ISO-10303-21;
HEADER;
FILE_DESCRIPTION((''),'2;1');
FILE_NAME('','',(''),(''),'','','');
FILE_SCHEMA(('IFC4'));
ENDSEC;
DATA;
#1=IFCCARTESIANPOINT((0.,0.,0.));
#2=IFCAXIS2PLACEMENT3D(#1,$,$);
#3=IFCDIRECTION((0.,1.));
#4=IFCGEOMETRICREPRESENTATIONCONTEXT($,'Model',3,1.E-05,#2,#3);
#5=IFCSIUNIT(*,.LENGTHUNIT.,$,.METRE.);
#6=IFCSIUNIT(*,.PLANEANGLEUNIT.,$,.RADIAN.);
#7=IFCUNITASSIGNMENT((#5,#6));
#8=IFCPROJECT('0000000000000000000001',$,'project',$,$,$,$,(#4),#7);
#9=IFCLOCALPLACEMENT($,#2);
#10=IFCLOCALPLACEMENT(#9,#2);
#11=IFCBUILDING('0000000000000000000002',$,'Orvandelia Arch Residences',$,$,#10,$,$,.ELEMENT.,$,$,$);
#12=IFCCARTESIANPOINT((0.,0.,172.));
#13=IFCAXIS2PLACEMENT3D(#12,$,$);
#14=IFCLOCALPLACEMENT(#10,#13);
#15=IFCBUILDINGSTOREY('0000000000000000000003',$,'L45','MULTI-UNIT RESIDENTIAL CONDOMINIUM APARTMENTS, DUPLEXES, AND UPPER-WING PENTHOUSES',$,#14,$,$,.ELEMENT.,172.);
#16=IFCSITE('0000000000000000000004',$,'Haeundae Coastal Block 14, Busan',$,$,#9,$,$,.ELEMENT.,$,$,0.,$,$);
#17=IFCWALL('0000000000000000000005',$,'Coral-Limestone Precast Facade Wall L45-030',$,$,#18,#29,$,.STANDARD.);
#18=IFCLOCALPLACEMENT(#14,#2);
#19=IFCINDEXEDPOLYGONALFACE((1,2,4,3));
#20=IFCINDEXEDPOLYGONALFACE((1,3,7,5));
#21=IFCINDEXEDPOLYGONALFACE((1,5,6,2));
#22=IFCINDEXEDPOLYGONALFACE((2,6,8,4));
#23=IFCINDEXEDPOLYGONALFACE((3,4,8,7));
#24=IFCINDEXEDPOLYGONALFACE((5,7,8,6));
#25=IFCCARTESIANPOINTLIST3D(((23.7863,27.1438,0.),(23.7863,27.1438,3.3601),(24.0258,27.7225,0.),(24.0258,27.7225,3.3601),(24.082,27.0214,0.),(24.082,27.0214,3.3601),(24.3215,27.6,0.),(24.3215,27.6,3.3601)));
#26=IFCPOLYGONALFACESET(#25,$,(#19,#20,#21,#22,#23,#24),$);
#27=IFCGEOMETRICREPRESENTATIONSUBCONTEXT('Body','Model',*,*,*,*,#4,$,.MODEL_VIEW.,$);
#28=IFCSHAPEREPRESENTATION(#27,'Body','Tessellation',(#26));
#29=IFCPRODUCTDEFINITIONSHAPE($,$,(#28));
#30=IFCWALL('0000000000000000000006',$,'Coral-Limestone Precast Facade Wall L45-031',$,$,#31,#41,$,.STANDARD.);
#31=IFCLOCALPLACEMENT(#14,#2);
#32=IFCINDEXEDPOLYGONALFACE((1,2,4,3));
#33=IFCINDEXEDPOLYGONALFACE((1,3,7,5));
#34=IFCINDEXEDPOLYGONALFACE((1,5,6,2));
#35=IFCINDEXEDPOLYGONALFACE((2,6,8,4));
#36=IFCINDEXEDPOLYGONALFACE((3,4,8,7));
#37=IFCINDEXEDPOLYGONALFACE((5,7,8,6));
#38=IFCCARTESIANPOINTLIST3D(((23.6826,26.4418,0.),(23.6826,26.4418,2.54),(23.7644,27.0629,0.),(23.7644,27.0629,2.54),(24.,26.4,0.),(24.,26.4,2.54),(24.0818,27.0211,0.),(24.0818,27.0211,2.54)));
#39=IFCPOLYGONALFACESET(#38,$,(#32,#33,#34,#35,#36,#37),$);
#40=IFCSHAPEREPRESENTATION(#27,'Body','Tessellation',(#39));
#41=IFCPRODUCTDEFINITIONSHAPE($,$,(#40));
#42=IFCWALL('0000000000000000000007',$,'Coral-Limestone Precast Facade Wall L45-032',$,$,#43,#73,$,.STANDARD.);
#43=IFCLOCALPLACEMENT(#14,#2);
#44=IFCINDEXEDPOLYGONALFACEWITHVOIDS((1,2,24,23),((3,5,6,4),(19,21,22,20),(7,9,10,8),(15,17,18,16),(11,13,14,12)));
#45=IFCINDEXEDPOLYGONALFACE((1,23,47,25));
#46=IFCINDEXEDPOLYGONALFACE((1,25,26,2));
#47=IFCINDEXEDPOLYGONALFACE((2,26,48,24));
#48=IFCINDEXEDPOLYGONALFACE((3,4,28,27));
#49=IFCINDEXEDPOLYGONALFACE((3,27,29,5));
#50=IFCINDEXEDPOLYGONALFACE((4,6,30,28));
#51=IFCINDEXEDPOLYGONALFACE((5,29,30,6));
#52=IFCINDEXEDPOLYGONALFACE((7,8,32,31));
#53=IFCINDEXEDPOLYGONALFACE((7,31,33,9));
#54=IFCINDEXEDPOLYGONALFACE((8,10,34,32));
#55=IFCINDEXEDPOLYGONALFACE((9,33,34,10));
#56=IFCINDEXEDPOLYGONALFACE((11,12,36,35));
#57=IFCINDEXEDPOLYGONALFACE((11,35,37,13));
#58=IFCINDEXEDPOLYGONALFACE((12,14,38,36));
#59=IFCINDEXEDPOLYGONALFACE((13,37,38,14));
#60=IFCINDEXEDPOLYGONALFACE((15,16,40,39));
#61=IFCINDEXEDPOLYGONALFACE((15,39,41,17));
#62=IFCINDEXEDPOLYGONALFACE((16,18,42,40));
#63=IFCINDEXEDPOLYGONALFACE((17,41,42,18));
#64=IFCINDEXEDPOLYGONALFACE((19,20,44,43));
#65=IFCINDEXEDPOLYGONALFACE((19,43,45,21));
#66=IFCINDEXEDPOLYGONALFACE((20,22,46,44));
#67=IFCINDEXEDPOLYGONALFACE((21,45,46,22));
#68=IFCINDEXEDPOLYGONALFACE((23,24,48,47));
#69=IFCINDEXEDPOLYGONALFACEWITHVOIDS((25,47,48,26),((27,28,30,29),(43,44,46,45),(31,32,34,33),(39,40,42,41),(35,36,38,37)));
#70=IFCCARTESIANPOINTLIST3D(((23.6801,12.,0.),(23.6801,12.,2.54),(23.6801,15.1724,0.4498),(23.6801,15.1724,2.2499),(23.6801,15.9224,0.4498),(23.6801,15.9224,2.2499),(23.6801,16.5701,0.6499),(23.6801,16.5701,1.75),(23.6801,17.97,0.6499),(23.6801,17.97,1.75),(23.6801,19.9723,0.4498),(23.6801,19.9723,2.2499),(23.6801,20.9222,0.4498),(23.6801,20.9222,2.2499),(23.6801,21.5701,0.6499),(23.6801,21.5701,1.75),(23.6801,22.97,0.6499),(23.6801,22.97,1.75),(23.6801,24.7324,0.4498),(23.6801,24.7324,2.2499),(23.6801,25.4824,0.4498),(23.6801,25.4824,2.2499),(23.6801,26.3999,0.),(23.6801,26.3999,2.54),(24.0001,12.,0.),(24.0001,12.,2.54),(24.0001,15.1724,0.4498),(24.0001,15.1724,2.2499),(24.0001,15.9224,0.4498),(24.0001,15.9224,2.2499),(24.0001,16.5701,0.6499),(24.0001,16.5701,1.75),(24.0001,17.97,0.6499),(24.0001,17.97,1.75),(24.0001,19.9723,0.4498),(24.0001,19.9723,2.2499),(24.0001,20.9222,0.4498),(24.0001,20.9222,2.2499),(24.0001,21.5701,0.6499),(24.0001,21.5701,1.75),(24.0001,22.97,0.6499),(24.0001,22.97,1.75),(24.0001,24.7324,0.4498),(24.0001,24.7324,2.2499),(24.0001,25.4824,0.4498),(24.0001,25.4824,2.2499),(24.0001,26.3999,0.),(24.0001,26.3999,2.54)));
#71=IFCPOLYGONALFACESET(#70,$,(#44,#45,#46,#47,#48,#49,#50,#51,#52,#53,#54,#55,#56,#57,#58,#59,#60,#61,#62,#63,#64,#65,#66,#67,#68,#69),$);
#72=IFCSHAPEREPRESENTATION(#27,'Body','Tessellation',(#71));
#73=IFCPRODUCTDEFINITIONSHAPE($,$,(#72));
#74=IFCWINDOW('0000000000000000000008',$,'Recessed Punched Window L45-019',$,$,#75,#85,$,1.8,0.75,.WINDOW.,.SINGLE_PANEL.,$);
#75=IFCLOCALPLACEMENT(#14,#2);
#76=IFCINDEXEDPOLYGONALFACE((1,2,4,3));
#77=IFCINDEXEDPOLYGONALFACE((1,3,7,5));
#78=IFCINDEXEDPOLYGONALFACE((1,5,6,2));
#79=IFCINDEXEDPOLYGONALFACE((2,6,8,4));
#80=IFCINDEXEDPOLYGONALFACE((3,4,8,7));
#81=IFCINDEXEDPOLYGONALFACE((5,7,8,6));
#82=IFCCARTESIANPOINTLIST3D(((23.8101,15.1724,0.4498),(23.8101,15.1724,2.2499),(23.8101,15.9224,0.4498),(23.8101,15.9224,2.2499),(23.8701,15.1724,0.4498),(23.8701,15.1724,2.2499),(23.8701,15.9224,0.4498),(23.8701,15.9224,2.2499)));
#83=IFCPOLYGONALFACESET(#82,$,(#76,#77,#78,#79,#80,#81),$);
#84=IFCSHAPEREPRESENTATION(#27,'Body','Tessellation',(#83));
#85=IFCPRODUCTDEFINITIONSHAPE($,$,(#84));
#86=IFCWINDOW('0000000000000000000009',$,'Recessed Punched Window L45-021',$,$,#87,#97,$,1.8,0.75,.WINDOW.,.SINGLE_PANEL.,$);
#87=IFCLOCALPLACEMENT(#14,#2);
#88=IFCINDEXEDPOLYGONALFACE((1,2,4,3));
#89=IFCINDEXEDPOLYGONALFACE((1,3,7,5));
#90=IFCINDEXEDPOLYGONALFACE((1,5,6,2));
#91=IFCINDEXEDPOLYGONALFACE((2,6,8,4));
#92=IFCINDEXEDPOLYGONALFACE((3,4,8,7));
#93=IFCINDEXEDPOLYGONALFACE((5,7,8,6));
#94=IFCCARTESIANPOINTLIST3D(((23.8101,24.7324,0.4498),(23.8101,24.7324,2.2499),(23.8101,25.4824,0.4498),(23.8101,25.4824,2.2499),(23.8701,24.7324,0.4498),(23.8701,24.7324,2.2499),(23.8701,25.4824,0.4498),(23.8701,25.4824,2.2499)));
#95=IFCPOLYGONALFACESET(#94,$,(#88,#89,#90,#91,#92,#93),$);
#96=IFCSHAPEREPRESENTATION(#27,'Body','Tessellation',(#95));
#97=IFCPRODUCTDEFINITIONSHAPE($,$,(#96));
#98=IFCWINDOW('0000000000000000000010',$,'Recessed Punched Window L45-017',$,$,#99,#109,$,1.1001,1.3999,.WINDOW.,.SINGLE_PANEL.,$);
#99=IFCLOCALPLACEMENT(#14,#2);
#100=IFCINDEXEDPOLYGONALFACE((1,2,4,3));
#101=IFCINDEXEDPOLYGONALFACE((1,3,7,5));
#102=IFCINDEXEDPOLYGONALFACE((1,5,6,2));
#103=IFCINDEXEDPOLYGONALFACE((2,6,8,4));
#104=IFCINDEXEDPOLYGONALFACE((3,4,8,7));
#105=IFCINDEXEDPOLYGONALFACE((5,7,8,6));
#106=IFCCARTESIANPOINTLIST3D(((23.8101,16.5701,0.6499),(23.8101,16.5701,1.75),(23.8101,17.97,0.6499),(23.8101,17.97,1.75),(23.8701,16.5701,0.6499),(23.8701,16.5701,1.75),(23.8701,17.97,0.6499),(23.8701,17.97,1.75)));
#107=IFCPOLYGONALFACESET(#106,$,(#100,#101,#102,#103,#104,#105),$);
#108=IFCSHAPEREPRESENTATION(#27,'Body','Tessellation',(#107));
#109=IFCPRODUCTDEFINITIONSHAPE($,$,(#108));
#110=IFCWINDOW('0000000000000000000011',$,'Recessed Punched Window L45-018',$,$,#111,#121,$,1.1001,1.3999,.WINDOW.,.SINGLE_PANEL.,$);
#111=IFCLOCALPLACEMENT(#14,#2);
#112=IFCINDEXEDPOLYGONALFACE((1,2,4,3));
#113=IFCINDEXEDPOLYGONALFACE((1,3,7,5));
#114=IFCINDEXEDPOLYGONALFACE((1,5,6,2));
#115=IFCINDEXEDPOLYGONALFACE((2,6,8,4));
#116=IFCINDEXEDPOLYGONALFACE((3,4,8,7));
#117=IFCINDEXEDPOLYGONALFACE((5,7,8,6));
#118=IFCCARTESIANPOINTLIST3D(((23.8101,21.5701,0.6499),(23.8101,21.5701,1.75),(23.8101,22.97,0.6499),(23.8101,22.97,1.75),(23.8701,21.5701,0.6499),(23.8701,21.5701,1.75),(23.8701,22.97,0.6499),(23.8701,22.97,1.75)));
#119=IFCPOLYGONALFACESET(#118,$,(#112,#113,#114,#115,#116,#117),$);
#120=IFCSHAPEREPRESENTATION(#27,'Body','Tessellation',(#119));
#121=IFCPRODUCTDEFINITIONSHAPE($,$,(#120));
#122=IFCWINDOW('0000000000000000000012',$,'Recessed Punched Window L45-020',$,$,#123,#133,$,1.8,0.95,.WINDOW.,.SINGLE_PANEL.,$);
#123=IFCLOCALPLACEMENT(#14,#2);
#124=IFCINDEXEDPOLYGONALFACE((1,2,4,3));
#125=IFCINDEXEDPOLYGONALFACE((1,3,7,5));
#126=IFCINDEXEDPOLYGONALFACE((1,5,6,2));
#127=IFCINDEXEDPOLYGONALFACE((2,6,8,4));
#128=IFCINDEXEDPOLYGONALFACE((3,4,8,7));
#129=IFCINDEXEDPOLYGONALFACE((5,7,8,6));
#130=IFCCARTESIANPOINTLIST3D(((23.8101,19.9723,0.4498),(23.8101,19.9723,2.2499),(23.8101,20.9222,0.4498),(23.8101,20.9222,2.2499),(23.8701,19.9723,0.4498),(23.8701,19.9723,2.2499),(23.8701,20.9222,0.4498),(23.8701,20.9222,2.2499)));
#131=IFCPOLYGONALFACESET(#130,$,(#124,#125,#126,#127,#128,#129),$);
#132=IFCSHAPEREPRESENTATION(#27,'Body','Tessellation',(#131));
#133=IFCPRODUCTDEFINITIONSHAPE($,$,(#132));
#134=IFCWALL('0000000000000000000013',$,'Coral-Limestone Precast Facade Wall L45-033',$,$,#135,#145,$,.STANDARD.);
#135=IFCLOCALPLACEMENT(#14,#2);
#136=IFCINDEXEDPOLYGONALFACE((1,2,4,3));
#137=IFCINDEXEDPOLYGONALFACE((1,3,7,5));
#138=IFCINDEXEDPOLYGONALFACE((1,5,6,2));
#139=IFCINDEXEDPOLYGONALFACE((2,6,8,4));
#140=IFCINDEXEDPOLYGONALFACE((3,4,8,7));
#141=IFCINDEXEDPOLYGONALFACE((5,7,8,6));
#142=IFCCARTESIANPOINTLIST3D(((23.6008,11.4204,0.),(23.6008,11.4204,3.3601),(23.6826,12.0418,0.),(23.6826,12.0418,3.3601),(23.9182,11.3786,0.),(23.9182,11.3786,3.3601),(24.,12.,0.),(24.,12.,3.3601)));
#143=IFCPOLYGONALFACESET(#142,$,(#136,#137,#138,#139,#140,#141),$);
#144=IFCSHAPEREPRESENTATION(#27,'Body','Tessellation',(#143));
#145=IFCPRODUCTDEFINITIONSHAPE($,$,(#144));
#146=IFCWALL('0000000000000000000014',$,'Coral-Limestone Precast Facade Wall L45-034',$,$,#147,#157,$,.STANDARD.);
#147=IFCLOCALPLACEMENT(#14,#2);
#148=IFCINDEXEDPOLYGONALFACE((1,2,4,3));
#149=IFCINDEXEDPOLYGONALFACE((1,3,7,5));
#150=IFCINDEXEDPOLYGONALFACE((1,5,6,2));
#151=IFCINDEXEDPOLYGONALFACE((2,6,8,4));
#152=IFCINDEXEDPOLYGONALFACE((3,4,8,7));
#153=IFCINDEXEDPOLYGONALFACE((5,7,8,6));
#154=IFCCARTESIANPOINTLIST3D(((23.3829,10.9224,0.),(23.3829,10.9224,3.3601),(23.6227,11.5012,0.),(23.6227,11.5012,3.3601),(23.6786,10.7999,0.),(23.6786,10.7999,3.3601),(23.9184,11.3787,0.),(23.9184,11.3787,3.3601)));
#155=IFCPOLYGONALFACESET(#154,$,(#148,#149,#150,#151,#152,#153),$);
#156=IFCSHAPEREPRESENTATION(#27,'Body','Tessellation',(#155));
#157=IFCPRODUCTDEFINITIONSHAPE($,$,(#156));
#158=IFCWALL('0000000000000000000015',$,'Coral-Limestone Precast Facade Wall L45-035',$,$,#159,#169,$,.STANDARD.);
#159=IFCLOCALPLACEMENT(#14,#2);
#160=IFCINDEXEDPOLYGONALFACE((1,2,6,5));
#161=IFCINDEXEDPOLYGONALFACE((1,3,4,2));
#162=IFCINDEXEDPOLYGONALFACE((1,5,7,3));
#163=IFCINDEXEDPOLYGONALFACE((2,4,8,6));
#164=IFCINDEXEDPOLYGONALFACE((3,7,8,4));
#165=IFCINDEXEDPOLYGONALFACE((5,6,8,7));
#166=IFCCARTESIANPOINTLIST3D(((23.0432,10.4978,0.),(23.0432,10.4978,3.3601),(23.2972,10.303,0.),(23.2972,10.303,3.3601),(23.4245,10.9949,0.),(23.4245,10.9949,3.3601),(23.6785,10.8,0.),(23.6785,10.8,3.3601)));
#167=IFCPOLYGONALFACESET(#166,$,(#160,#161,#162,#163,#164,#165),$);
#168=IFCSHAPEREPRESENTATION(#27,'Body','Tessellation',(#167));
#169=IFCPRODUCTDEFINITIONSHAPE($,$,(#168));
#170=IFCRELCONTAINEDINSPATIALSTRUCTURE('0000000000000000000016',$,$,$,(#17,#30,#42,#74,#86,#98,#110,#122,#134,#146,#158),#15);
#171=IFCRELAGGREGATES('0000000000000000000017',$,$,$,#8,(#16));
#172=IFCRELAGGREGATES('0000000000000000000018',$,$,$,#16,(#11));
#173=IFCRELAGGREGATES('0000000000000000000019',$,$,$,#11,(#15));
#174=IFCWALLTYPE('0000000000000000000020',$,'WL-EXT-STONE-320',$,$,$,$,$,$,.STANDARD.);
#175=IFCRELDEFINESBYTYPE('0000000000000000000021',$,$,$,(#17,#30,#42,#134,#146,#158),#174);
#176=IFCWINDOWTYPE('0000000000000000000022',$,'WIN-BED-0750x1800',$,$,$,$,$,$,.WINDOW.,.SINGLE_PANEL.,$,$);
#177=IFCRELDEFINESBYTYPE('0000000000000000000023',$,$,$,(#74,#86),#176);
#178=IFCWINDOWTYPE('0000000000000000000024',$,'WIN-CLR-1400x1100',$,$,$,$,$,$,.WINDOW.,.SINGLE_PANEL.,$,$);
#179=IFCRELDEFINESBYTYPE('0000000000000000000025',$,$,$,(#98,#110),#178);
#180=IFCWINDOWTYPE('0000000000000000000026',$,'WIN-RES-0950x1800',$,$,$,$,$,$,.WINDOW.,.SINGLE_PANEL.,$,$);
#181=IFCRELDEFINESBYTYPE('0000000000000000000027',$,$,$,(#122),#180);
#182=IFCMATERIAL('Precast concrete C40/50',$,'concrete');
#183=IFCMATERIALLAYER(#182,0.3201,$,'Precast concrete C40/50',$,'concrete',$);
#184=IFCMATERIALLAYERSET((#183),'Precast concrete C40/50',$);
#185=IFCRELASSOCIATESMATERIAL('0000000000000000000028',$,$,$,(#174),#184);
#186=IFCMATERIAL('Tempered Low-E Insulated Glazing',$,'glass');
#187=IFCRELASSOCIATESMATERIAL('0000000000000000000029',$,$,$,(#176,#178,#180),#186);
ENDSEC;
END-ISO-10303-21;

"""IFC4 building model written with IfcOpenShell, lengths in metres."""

from ifc_helpers import new_model, si_unit, direction, frame, frame_2d, origin, place, context, subcontext, project, spatial, rectangle, extrude, material, layer, layer_set, type_object, element, fill, save


model = new_model("IFC4")

# Units and contexts
model_context = context("Model", 3, precision=1e-05, world=origin(), true_north=direction((0.0, 1.0)))
body_context = subcontext(model_context, "Body", "Model", "MODEL_VIEW")
ifc_project = project(units=[si_unit("LENGTHUNIT", "METRE"), si_unit("PLANEANGLEUNIT", "RADIAN")], contexts=[model_context])

# Site, building, storey
site_placement = place(None, origin())
site = spatial("IfcSite", under=ifc_project, at=site_placement, Name="Haeundae Coastal Block 14, Busan", CompositionType="ELEMENT", RefElevation=0.0)
building_placement = place(site_placement, origin())
building = spatial("IfcBuilding", under=site, at=building_placement, Name="Orvandelia Arch Residences", CompositionType="ELEMENT")
storey_placement = place(building_placement, frame((0.0, 0.0, 172.0)))
storey = spatial("IfcBuildingStorey", under=building, at=storey_placement, Name="L45", Description="MULTI-UNIT RESIDENTIAL CONDOMINIUM APARTMENTS, DUPLEXES, AND UPPER-WING PENTHOUSES", CompositionType="ELEMENT", Elevation=172.0)

# Walls
ifc_material_1 = material(Name="Precast concrete C40/50", Category="concrete")
ifc_layer = layer(ifc_material_1, 0.3201, Name="Precast concrete C40/50", Category="concrete")
ifc_layer_set = layer_set([ifc_layer], Name="Precast concrete C40/50")
wall_type = type_object("IfcWallType", Name="WL-EXT-STONE-320", PredefinedType="STANDARD", material=ifc_layer_set)
wall_1_placement = place(storey_placement, frame((24.1736, 27.6611, 0.0), z_axis=(0.0, 0.0, 1.0), x_axis=(-0.382455, -0.923974, 0.0)))
element("IfcWall", 1, at=wall_1_placement, inside=storey, type_object=wall_type, Name="Coral-Limestone Precast Facade Wall L45-030", PredefinedType="STANDARD", context=body_context, shape_type="SweptSolid", body=[
    extrude(rectangle(XDim=0.6262, YDim=0.3201, at=frame_2d((0.313, 0.0))), origin(), (0.0, 0.0, 1.0), 3.3601),
])
wall_2_placement = place(storey_placement, frame((23.9231, 27.042, 0.0), z_axis=(0.0, 0.0, 1.0), x_axis=(-0.130555, -0.991441, 0.0)))
element("IfcWall", 2, at=wall_2_placement, inside=storey, type_object=wall_type, Name="Coral-Limestone Precast Facade Wall L45-031", PredefinedType="STANDARD", context=body_context, shape_type="SweptSolid", body=[
    extrude(rectangle(XDim=0.6265, YDim=0.3201, at=frame_2d((0.3132, 0.0))), origin(), (0.0, 0.0, 1.0), 2.54),
])

# Wall, openings, windows
wall_3_placement = place(storey_placement, frame((23.8401, 26.3999, 0.0), z_axis=(0.0, 0.0, 1.0), x_axis=(0.0, -1.0, 0.0)))
wall_3 = element("IfcWall", 3, at=wall_3_placement, inside=storey, type_object=wall_type, Name="Coral-Limestone Precast Facade Wall L45-032", PredefinedType="STANDARD", context=body_context, shape_type="SweptSolid", body=[
    extrude(rectangle(XDim=14.3999, YDim=0.3201, at=frame_2d((7.2, 0.0))), origin(), (0.0, 0.0, 1.0), 2.54),
])
opening_1_placement = place(wall_3_placement, frame((8.4299, 0.0, 0.6499)))
opening_1 = element("IfcOpeningElement", 4, at=opening_1_placement, cuts=wall_3, PredefinedType="OPENING", context=body_context, shape_type="SweptSolid", body=[
    extrude(rectangle(XDim=1.3999, YDim=1.1001, at=frame_2d((0.7, 0.55))), frame((0.0, 0.1699, 0.0), z_axis=(0.0, -1.0, 0.0), x_axis=(1.0, 0.0, 0.0)), (0.0, 0.0, 1.0), 0.3401),
])
opening_2_placement = place(wall_3_placement, frame((3.4299, 0.0, 0.6499)))
opening_2 = element("IfcOpeningElement", 5, at=opening_2_placement, cuts=wall_3, PredefinedType="OPENING", context=body_context, shape_type="SweptSolid", body=[
    extrude(rectangle(XDim=1.3999, YDim=1.1001, at=frame_2d((0.7, 0.55))), frame((0.0, 0.1699, 0.0), z_axis=(0.0, -1.0, 0.0), x_axis=(1.0, 0.0, 0.0)), (0.0, 0.0, 1.0), 0.3401),
])
opening_3_placement = place(wall_3_placement, frame((10.4775, 0.0, 0.45)))
opening_3 = element("IfcOpeningElement", 6, at=opening_3_placement, cuts=wall_3, PredefinedType="OPENING", context=body_context, shape_type="SweptSolid", body=[
    extrude(rectangle(XDim=0.75, YDim=1.8, at=frame_2d((0.375, 0.8999))), frame((0.0, 0.1699, 0.0), z_axis=(0.0, -1.0, 0.0), x_axis=(1.0, 0.0, 0.0)), (0.0, 0.0, 1.0), 0.3401),
])
opening_4_placement = place(wall_3_placement, frame((5.4775, 0.0, 0.45)))
opening_4 = element("IfcOpeningElement", 7, at=opening_4_placement, cuts=wall_3, PredefinedType="OPENING", context=body_context, shape_type="SweptSolid", body=[
    extrude(rectangle(XDim=0.95, YDim=1.8, at=frame_2d((0.4751, 0.8999))), frame((0.0, 0.1699, 0.0), z_axis=(0.0, -1.0, 0.0), x_axis=(1.0, 0.0, 0.0)), (0.0, 0.0, 1.0), 0.3401),
])
opening_5_placement = place(wall_3_placement, frame((0.9175, 0.0, 0.45)))
opening_5 = element("IfcOpeningElement", 8, at=opening_5_placement, cuts=wall_3, PredefinedType="OPENING", context=body_context, shape_type="SweptSolid", body=[
    extrude(rectangle(XDim=0.75, YDim=1.8, at=frame_2d((0.375, 0.8999))), frame((0.0, 0.1699, 0.0), z_axis=(0.0, -1.0, 0.0), x_axis=(1.0, 0.0, 0.0)), (0.0, 0.0, 1.0), 0.3401),
])
ifc_material_2 = material(Name="Tempered Low-E Insulated Glazing", Category="glass")
window_type_1 = type_object("IfcWindowType", Name="WIN-BED-0750x1800", PartitioningType="SINGLE_PANEL", PredefinedType="WINDOW", material=ifc_material_2)
window_1_placement = place(opening_3_placement, origin())
window_1 = element("IfcWindow", 9, at=window_1_placement, inside=storey, type_object=window_type_1, Name="Recessed Punched Window L45-019", OverallHeight=1.8, OverallWidth=0.75, PartitioningType="SINGLE_PANEL", PredefinedType="WINDOW", context=body_context, shape_type="SweptSolid", body=[
    extrude(rectangle(XDim=0.75, YDim=1.8, at=frame_2d((0.375, 0.8999))), frame((0.0, 0.03, 0.0), z_axis=(0.0, -1.0, 0.0), x_axis=(1.0, 0.0, 0.0)), (0.0, 0.0, 1.0), 0.0601),
])
fill(opening_3, window_1)
window_2_placement = place(opening_5_placement, origin())
window_2 = element("IfcWindow", 10, at=window_2_placement, inside=storey, type_object=window_type_1, Name="Recessed Punched Window L45-021", OverallHeight=1.8, OverallWidth=0.75, PartitioningType="SINGLE_PANEL", PredefinedType="WINDOW", context=body_context, shape_type="SweptSolid", body=[
    extrude(rectangle(XDim=0.75, YDim=1.8, at=frame_2d((0.375, 0.8999))), frame((0.0, 0.03, 0.0), z_axis=(0.0, -1.0, 0.0), x_axis=(1.0, 0.0, 0.0)), (0.0, 0.0, 1.0), 0.0601),
])
fill(opening_5, window_2)
window_type_2 = type_object("IfcWindowType", Name="WIN-CLR-1400x1100", PartitioningType="SINGLE_PANEL", PredefinedType="WINDOW", material=ifc_material_2)
window_3_placement = place(opening_1_placement, origin())
window_3 = element("IfcWindow", 11, at=window_3_placement, inside=storey, type_object=window_type_2, Name="Recessed Punched Window L45-017", OverallHeight=1.1001, OverallWidth=1.3999, PartitioningType="SINGLE_PANEL", PredefinedType="WINDOW", context=body_context, shape_type="SweptSolid", body=[
    extrude(rectangle(XDim=1.3999, YDim=1.1001, at=frame_2d((0.7, 0.55))), frame((0.0, 0.03, 0.0), z_axis=(0.0, -1.0, 0.0), x_axis=(1.0, 0.0, 0.0)), (0.0, 0.0, 1.0), 0.0601),
])
fill(opening_1, window_3)
window_4_placement = place(opening_2_placement, origin())
window_4 = element("IfcWindow", 12, at=window_4_placement, inside=storey, type_object=window_type_2, Name="Recessed Punched Window L45-018", OverallHeight=1.1001, OverallWidth=1.3999, PartitioningType="SINGLE_PANEL", PredefinedType="WINDOW", context=body_context, shape_type="SweptSolid", body=[
    extrude(rectangle(XDim=1.3999, YDim=1.1001, at=frame_2d((0.7, 0.55))), frame((0.0, 0.03, 0.0), z_axis=(0.0, -1.0, 0.0), x_axis=(1.0, 0.0, 0.0)), (0.0, 0.0, 1.0), 0.0601),
])
fill(opening_2, window_4)
window_type_3 = type_object("IfcWindowType", Name="WIN-RES-0950x1800", PartitioningType="SINGLE_PANEL", PredefinedType="WINDOW", material=ifc_material_2)
window_5_placement = place(opening_4_placement, origin())
window_5 = element("IfcWindow", 13, at=window_5_placement, inside=storey, type_object=window_type_3, Name="Recessed Punched Window L45-020", OverallHeight=1.8, OverallWidth=0.95, PartitioningType="SINGLE_PANEL", PredefinedType="WINDOW", context=body_context, shape_type="SweptSolid", body=[
    extrude(rectangle(XDim=0.95, YDim=1.8, at=frame_2d((0.4751, 0.8999))), frame((0.0, 0.03, 0.0), z_axis=(0.0, -1.0, 0.0), x_axis=(1.0, 0.0, 0.0)), (0.0, 0.0, 1.0), 0.0601),
])
fill(opening_4, window_5)

# Walls
wall_4_placement = place(storey_placement, frame((23.8413, 12.021, 0.0), z_axis=(0.0, 0.0, 1.0), x_axis=(-0.130505, -0.991448, 0.0)))
element("IfcWall", 14, at=wall_4_placement, inside=storey, type_object=wall_type, Name="Coral-Limestone Precast Facade Wall L45-033", PredefinedType="STANDARD", context=body_context, shape_type="SweptSolid", body=[
    extrude(rectangle(XDim=0.6267, YDim=0.3201, at=frame_2d((0.3135, 0.0))), origin(), (0.0, 0.0, 1.0), 3.3601),
])
for number, where, z_axis, x_axis, name in (
    (15, (23.7705, 11.4399, 0.0), (0.0, 0.0, 1.0), (-0.38265, -0.923893, 0.0), "Coral-Limestone Precast Facade Wall L45-034"),
    (16, (23.5515, 10.8975, 0.0), (0.0, 0.0, 1.0), (-0.608693, -0.793406, 0.0), "Coral-Limestone Precast Facade Wall L45-035"),
):
    element("IfcWall", number, at=place(storey_placement, frame(where, z_axis=z_axis, x_axis=x_axis)), inside=storey, type_object=wall_type, Name=name, PredefinedType="STANDARD", context=body_context, shape_type="SweptSolid", body=[
        extrude(rectangle(XDim=0.6265, YDim=0.3201, at=frame_2d((0.3132, 0.0))), origin(), (0.0, 0.0, 1.0), 3.3601),
    ])

save(model, "model.ifc")
